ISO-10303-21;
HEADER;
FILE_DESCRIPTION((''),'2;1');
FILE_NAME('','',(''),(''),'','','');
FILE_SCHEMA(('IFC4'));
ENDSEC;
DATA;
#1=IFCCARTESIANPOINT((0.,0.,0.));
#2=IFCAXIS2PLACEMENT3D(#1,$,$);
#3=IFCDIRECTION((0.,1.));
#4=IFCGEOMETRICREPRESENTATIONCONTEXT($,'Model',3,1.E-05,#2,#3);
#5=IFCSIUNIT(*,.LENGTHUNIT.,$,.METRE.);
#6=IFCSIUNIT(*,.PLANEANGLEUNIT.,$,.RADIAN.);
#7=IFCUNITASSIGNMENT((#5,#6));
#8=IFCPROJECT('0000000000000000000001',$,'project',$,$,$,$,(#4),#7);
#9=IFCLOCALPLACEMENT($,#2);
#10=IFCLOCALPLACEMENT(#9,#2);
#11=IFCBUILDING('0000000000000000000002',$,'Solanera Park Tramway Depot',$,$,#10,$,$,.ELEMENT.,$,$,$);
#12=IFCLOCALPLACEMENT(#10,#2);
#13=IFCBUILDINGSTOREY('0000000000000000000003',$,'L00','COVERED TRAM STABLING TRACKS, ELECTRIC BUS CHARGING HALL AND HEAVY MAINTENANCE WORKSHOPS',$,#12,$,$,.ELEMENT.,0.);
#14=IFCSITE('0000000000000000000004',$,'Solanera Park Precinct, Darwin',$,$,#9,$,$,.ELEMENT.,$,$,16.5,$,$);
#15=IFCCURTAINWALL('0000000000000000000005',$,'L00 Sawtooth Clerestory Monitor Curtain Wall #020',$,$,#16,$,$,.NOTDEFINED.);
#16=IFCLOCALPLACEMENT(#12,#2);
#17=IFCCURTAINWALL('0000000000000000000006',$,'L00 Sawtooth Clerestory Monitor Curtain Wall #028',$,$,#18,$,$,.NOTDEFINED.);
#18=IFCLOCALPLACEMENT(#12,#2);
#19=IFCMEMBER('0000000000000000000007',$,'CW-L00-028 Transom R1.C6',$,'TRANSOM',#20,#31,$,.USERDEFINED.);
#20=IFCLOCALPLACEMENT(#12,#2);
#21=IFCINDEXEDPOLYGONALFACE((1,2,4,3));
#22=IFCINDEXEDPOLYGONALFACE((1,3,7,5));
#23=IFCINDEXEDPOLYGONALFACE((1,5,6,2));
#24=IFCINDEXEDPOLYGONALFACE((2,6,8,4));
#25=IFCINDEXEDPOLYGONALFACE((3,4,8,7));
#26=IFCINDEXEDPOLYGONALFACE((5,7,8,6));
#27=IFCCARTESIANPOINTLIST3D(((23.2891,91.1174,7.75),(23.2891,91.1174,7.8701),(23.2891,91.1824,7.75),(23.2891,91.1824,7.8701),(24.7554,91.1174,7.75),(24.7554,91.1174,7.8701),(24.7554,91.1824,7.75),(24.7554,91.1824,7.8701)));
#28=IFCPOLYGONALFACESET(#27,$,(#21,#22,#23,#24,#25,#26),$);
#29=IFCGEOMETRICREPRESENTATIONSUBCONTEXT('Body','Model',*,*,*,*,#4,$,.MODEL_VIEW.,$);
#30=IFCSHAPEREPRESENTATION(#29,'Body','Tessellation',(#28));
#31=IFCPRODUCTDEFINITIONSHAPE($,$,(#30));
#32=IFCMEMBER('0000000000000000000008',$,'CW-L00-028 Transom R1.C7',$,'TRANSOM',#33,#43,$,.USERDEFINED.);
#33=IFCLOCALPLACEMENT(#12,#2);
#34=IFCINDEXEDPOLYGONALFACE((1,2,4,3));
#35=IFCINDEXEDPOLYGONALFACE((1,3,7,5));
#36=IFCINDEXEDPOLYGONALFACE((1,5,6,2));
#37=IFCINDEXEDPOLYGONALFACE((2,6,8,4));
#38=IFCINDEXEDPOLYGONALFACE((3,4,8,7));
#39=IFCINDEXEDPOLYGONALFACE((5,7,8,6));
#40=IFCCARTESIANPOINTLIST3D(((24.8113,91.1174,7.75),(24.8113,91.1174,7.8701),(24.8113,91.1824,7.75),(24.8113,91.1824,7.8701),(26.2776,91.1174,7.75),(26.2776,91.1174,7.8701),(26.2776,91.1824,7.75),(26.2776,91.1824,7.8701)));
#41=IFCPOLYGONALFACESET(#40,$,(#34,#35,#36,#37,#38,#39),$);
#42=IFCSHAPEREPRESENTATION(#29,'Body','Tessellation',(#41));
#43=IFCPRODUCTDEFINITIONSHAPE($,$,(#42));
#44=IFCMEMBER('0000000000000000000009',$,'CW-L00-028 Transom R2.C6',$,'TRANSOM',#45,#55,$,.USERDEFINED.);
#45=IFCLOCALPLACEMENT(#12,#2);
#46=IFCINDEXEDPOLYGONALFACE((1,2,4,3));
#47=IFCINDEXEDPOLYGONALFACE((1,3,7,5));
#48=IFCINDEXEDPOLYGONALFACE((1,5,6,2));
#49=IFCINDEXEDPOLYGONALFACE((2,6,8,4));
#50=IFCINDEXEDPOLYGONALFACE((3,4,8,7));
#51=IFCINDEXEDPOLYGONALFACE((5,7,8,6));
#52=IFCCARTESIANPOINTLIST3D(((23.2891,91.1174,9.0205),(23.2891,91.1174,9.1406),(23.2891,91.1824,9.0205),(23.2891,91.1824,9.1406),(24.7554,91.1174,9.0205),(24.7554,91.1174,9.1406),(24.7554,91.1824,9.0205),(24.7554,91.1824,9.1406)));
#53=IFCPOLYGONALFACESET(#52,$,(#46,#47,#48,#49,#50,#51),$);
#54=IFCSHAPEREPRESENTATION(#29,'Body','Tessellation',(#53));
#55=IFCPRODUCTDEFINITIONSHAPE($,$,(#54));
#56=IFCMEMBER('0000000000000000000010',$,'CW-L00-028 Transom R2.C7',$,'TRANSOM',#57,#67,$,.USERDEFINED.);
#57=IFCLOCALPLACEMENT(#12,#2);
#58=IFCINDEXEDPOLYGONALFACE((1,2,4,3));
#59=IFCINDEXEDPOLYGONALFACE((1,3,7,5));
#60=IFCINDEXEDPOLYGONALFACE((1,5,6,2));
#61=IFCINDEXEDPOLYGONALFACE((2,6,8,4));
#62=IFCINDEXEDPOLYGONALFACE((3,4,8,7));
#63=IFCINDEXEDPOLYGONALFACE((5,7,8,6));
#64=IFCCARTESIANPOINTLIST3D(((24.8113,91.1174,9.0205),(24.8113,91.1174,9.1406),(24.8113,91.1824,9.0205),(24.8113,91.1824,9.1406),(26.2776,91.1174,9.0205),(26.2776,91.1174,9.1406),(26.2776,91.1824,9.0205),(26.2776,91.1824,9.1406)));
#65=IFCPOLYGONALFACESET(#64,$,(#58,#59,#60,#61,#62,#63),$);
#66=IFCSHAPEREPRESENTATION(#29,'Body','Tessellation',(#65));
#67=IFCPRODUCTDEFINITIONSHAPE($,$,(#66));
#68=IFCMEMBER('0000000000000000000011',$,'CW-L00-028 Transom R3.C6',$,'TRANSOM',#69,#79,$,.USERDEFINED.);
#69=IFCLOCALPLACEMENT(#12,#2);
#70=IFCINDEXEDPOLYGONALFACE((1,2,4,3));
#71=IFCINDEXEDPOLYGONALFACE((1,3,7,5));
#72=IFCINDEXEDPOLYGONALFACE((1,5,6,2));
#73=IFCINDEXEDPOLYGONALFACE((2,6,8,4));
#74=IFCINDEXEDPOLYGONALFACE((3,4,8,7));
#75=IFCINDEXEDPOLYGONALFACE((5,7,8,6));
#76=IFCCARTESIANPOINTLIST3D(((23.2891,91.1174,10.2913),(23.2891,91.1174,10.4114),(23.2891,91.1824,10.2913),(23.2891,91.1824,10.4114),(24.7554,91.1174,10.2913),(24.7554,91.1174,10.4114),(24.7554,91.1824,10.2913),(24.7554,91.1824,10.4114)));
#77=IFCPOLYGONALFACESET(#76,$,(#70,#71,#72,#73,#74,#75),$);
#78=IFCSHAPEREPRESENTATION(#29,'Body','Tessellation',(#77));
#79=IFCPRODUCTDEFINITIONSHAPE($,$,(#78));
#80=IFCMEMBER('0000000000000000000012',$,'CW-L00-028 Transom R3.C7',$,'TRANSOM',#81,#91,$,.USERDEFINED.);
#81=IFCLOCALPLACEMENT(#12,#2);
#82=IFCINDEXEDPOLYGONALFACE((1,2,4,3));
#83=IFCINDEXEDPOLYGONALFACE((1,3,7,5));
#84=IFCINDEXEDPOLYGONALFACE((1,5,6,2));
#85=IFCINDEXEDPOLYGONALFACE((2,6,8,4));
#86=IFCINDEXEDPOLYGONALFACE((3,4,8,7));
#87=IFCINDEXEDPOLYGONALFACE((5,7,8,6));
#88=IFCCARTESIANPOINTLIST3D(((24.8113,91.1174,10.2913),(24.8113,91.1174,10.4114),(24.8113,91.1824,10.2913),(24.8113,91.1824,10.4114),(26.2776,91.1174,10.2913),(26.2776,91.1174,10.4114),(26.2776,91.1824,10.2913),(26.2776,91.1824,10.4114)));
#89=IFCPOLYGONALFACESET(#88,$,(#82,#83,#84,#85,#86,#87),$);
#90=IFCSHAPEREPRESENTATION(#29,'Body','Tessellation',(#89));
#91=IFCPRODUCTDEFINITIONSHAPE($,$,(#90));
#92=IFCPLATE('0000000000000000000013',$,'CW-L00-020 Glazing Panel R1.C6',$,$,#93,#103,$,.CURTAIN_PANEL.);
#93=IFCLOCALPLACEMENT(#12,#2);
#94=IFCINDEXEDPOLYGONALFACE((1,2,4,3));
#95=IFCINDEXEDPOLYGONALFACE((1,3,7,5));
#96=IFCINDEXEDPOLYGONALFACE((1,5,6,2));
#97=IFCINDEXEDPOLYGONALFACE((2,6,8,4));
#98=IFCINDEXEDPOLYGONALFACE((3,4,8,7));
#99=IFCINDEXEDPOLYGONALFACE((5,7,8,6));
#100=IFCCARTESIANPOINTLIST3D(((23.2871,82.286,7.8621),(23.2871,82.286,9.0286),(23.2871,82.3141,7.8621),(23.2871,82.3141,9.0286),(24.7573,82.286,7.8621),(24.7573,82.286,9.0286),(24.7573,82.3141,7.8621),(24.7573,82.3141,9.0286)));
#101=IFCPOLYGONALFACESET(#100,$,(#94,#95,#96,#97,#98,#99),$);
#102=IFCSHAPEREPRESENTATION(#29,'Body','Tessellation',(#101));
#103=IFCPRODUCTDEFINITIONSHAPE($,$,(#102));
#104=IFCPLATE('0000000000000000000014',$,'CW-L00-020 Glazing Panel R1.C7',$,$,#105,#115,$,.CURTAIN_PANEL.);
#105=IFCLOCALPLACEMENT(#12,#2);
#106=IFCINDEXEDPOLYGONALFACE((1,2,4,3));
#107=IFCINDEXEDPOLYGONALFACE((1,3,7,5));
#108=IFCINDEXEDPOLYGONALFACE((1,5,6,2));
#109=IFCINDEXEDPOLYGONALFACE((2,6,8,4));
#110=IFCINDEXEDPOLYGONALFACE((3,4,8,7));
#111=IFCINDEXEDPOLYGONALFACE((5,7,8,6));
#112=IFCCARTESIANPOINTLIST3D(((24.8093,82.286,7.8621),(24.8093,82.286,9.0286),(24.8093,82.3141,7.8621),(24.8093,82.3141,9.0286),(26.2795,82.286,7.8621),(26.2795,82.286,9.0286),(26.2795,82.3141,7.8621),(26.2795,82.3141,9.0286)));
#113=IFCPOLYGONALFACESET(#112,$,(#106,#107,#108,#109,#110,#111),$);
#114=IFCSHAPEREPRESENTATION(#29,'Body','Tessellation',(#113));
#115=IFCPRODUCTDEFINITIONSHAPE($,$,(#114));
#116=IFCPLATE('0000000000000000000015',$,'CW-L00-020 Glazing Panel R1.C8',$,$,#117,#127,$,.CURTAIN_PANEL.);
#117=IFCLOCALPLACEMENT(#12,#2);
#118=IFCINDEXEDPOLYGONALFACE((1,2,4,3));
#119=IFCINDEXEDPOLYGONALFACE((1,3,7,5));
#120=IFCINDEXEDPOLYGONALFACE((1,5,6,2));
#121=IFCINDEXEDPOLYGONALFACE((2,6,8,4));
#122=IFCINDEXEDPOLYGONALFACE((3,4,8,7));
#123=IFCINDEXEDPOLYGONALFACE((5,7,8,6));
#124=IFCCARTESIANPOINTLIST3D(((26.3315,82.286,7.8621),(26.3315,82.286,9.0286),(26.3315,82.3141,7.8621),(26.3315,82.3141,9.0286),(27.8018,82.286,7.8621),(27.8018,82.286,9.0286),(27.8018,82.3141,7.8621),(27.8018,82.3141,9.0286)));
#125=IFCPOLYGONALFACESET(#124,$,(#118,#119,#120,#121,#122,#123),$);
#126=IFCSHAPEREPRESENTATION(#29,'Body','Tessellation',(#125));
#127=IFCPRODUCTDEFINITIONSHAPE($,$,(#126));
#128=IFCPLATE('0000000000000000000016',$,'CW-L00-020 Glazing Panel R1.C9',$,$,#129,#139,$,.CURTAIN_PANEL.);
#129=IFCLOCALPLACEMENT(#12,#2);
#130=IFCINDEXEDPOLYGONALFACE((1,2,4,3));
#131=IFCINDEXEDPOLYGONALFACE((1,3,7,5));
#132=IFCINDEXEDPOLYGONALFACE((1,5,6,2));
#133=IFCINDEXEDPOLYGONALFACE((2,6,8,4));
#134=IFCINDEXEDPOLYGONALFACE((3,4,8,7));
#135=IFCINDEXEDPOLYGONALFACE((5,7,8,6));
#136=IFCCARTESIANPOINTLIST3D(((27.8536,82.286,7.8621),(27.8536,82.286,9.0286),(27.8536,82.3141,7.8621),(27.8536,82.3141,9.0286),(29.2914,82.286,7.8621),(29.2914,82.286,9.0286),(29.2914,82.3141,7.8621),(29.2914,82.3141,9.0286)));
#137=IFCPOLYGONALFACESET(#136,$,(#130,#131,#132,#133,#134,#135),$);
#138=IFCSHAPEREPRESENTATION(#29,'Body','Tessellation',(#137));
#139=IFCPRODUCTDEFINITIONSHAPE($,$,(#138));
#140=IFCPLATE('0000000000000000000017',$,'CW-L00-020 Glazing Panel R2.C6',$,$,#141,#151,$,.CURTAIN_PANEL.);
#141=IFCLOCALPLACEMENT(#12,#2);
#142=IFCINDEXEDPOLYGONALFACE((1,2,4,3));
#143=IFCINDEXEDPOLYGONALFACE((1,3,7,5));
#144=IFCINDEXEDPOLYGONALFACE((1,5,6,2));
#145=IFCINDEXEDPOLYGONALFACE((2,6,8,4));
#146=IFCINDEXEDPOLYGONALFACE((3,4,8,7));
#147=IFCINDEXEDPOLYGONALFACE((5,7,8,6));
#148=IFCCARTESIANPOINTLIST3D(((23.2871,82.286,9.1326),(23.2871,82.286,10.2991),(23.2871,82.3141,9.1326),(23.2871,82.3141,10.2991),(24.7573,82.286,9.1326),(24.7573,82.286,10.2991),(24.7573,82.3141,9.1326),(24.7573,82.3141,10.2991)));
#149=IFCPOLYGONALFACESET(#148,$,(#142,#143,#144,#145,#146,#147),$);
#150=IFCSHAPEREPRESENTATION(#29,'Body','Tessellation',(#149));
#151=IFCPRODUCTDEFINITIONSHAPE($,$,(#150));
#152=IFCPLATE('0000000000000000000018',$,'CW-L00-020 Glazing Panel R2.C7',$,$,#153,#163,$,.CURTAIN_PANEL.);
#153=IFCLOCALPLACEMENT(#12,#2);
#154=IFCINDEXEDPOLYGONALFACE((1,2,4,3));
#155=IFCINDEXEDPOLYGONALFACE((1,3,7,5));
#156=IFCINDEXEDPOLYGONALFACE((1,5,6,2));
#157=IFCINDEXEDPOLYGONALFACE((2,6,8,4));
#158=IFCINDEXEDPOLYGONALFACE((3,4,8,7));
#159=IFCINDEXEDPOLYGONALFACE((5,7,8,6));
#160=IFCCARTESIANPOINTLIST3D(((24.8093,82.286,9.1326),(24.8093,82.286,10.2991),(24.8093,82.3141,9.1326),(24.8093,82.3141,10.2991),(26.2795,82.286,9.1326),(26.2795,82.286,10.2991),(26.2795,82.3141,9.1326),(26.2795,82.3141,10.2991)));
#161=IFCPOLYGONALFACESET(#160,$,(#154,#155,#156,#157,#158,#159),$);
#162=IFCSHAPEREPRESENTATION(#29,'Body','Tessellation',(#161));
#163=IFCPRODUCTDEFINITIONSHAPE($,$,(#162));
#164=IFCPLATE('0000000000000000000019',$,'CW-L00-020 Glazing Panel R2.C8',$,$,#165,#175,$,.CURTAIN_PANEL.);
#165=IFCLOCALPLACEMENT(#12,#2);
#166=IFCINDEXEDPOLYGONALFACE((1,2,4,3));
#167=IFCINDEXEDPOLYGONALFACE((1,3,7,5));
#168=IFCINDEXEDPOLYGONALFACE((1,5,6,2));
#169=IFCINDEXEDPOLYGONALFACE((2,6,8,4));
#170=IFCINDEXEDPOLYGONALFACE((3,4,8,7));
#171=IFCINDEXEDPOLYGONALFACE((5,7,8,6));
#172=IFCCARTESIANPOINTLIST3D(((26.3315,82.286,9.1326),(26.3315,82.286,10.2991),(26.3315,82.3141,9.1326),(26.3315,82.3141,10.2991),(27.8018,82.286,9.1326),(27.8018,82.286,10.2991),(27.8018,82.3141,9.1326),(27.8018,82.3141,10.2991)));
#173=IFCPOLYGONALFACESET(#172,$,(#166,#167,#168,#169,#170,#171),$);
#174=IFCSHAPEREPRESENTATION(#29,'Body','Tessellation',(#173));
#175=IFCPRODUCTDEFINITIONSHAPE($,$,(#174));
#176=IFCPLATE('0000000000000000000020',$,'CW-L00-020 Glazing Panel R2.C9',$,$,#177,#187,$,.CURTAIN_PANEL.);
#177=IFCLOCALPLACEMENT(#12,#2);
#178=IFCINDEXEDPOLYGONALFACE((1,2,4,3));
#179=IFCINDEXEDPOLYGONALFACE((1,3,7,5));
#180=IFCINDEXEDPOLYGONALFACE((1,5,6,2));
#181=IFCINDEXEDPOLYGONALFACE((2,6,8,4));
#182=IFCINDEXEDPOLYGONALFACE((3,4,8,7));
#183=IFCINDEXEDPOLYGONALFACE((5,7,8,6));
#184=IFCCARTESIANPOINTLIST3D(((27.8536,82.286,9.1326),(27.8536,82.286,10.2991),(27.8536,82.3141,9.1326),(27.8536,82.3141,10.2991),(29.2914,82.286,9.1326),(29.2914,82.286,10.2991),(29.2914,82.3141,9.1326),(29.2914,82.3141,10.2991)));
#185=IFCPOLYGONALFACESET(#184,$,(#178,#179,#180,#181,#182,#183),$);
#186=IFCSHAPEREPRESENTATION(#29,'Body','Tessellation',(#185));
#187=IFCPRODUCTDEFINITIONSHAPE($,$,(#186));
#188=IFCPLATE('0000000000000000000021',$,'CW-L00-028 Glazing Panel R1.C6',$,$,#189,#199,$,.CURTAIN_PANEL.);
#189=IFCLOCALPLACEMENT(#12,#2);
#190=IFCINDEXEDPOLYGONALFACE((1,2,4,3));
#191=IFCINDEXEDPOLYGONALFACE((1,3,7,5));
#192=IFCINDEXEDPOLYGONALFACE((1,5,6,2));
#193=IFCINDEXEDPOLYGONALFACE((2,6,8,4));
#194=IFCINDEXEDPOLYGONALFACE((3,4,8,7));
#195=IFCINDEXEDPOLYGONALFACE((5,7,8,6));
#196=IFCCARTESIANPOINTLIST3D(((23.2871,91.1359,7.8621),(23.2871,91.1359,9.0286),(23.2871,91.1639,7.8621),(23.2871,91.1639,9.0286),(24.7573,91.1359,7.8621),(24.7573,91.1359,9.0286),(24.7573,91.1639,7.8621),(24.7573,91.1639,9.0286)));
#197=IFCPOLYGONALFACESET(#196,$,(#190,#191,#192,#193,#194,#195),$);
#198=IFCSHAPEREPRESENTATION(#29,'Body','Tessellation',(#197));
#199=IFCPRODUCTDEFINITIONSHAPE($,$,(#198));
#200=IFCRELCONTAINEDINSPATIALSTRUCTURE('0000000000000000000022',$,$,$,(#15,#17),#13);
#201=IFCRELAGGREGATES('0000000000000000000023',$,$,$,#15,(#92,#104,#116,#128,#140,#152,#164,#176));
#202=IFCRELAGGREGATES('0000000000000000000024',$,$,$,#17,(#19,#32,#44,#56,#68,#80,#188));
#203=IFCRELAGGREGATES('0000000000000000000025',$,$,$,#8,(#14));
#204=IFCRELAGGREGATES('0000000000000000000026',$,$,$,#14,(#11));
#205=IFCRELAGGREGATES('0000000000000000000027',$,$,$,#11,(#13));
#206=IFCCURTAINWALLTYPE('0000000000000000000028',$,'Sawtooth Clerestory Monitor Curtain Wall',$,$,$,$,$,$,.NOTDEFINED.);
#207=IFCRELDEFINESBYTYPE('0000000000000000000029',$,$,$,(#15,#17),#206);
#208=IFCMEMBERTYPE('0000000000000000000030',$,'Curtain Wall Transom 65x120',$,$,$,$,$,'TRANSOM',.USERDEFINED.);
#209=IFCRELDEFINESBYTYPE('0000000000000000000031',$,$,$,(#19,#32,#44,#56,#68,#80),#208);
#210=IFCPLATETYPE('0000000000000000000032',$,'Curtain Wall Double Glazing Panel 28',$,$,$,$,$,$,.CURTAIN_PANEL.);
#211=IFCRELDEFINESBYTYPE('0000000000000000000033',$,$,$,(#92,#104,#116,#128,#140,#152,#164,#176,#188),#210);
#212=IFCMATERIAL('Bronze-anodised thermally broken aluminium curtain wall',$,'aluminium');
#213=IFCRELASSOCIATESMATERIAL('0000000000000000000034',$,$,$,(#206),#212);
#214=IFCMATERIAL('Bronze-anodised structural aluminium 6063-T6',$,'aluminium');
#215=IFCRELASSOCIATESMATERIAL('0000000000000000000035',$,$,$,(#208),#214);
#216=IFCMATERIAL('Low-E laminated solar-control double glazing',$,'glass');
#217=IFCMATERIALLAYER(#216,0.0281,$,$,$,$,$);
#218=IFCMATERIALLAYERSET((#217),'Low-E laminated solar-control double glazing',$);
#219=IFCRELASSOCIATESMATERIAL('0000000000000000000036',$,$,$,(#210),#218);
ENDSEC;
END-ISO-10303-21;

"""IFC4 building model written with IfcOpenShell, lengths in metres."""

from ifc_helpers import new_model, si_unit, direction, frame, origin, origin_2d, place, context, subcontext, project, spatial, rectangle, extrude, material, layer, layer_set, material_profile, profile_set, type_object, element, aggregate, save


model = new_model("IFC4")

# Units and contexts
model_context = context("Model", 3, precision=1e-05, world=origin(), true_north=direction((0.0, 1.0)))
body_context = subcontext(model_context, "Body", "Model", "MODEL_VIEW")
ifc_project = project(units=[si_unit("LENGTHUNIT", "METRE"), si_unit("PLANEANGLEUNIT", "RADIAN")], contexts=[model_context])

# Site, building, storey
site_placement = place(None, origin())
site = spatial("IfcSite", under=ifc_project, at=site_placement, Name="Solanera Park Precinct, Darwin", CompositionType="ELEMENT", RefElevation=16.5)
building_placement = place(site_placement, origin())
building = spatial("IfcBuilding", under=site, at=building_placement, Name="Solanera Park Tramway Depot", CompositionType="ELEMENT")
storey_placement = place(building_placement, origin())
storey = spatial("IfcBuildingStorey", under=building, at=storey_placement, Name="L00", Description="COVERED TRAM STABLING TRACKS, ELECTRIC BUS CHARGING HALL AND HEAVY MAINTENANCE WORKSHOPS", CompositionType="ELEMENT", Elevation=0.0)

# Curtain wall
ifc_material_1 = material(Name="Bronze-anodised thermally broken aluminium curtain wall", Category="aluminium")
curtain_wall_type = type_object("IfcCurtainWallType", Name="Sawtooth Clerestory Monitor Curtain Wall", PredefinedType="NOTDEFINED", material=ifc_material_1)
curtain_wall_1_placement = place(storey_placement, origin())
curtain_wall_1 = element("IfcCurtainWall", 1, at=curtain_wall_1_placement, inside=storey, type_object=curtain_wall_type, Name="L00 Sawtooth Clerestory Monitor Curtain Wall #020", PredefinedType="NOTDEFINED")

# Curtain wall
curtain_wall_2_placement = place(storey_placement, origin())
curtain_wall_2 = element("IfcCurtainWall", 2, at=curtain_wall_2_placement, inside=storey, type_object=curtain_wall_type, Name="L00 Sawtooth Clerestory Monitor Curtain Wall #028", PredefinedType="NOTDEFINED")

# Members
ifc_material_2 = material(Name="Bronze-anodised structural aluminium 6063-T6", Category="aluminium")
ifc_material_profile_1 = material_profile(ifc_material_2, rectangle(XDim=0.0649, YDim=0.1201, at=origin_2d()), Name="Curtain Wall Transom 65x120")
ifc_profile_set_1 = profile_set([ifc_material_profile_1], Name="Bronze-anodised structural aluminium 6063-T6")
member_type_1 = type_object("IfcMemberType", Name="Curtain Wall Transom 65x120", ElementType="TRANSOM", PredefinedType="USERDEFINED", material=ifc_profile_set_1)
member_1_placement = place(storey_placement, frame((23.2891, 91.1499, 7.8101), z_axis=(1.0, 0.0, 0.0), x_axis=(0.0, 1.0, 0.0)))
member_1 = element("IfcMember", 3, at=member_1_placement, type_object=member_type_1, Name="CW-L00-028 Transom R1.C6", ObjectType="TRANSOM", PredefinedType="USERDEFINED", context=body_context, shape_type="SweptSolid", body=[
    extrude(rectangle(XDim=0.0649, YDim=0.1201, at=origin_2d()), origin(), (0.0, 0.0, 1.0), 1.4663),
])
member_2_placement = place(storey_placement, frame((24.8113, 91.1499, 7.8101), z_axis=(1.0, 0.0, 0.0), x_axis=(0.0, 1.0, 0.0)))
member_2 = element("IfcMember", 4, at=member_2_placement, type_object=member_type_1, Name="CW-L00-028 Transom R1.C7", ObjectType="TRANSOM", PredefinedType="USERDEFINED", context=body_context, shape_type="SweptSolid", body=[
    extrude(rectangle(XDim=0.0649, YDim=0.1201, at=origin_2d()), origin(), (0.0, 0.0, 1.0), 1.4663),
])
member_3_placement = place(storey_placement, frame((23.2891, 91.1499, 9.0806), z_axis=(1.0, 0.0, 0.0), x_axis=(0.0, 1.0, 0.0)))
member_3 = element("IfcMember", 5, at=member_3_placement, type_object=member_type_1, Name="CW-L00-028 Transom R2.C6", ObjectType="TRANSOM", PredefinedType="USERDEFINED", context=body_context, shape_type="SweptSolid", body=[
    extrude(rectangle(XDim=0.0649, YDim=0.1201, at=origin_2d()), origin(), (0.0, 0.0, 1.0), 1.4663),
])
member_4_placement = place(storey_placement, frame((24.8113, 91.1499, 9.0806), z_axis=(1.0, 0.0, 0.0), x_axis=(0.0, 1.0, 0.0)))
member_4 = element("IfcMember", 6, at=member_4_placement, type_object=member_type_1, Name="CW-L00-028 Transom R2.C7", ObjectType="TRANSOM", PredefinedType="USERDEFINED", context=body_context, shape_type="SweptSolid", body=[
    extrude(rectangle(XDim=0.0649, YDim=0.1201, at=origin_2d()), origin(), (0.0, 0.0, 1.0), 1.4663),
])
member_5_placement = place(storey_placement, frame((23.2891, 91.1499, 10.3513), z_axis=(1.0, 0.0, 0.0), x_axis=(0.0, 1.0, 0.0)))
member_5 = element("IfcMember", 7, at=member_5_placement, type_object=member_type_1, Name="CW-L00-028 Transom R3.C6", ObjectType="TRANSOM", PredefinedType="USERDEFINED", context=body_context, shape_type="SweptSolid", body=[
    extrude(rectangle(XDim=0.0649, YDim=0.1201, at=origin_2d()), origin(), (0.0, 0.0, 1.0), 1.4663),
])
member_6_placement = place(storey_placement, frame((24.8113, 91.1499, 10.3513), z_axis=(1.0, 0.0, 0.0), x_axis=(0.0, 1.0, 0.0)))
member_6 = element("IfcMember", 8, at=member_6_placement, type_object=member_type_1, Name="CW-L00-028 Transom R3.C7", ObjectType="TRANSOM", PredefinedType="USERDEFINED", context=body_context, shape_type="SweptSolid", body=[
    extrude(rectangle(XDim=0.0649, YDim=0.1201, at=origin_2d()), origin(), (0.0, 0.0, 1.0), 1.4663),
])

# Plates
ifc_material_3 = material(Name="Low-E laminated solar-control double glazing", Category="glass")
ifc_layer = layer(ifc_material_3, 0.0281)
ifc_layer_set = layer_set([ifc_layer], Name="Low-E laminated solar-control double glazing")
plate_type = type_object("IfcPlateType", Name="Curtain Wall Double Glazing Panel 28", PredefinedType="CURTAIN_PANEL", material=ifc_layer_set)
plate_1_placement = place(storey_placement, frame((24.0222, 82.3, 7.8621), z_axis=(0.0, 0.0, 1.0), x_axis=(1.0, 0.0, 0.0)))
plate_1 = element("IfcPlate", 9, at=plate_1_placement, type_object=plate_type, Name="CW-L00-020 Glazing Panel R1.C6", PredefinedType="CURTAIN_PANEL", context=body_context, shape_type="SweptSolid", body=[
    extrude(rectangle(XDim=1.4702, YDim=0.0281, at=origin_2d()), origin(), (0.0, 0.0, 1.0), 1.1665),
])
plate_2_placement = place(storey_placement, frame((25.5444, 82.3, 7.8621), z_axis=(0.0, 0.0, 1.0), x_axis=(1.0, 0.0, 0.0)))
plate_2 = element("IfcPlate", 10, at=plate_2_placement, type_object=plate_type, Name="CW-L00-020 Glazing Panel R1.C7", PredefinedType="CURTAIN_PANEL", context=body_context, shape_type="SweptSolid", body=[
    extrude(rectangle(XDim=1.4702, YDim=0.0281, at=origin_2d()), origin(), (0.0, 0.0, 1.0), 1.1665),
])
plate_3_placement = place(storey_placement, frame((27.0667, 82.3, 7.8621), z_axis=(0.0, 0.0, 1.0), x_axis=(1.0, 0.0, 0.0)))
plate_3 = element("IfcPlate", 11, at=plate_3_placement, type_object=plate_type, Name="CW-L00-020 Glazing Panel R1.C8", PredefinedType="CURTAIN_PANEL", context=body_context, shape_type="SweptSolid", body=[
    extrude(rectangle(XDim=1.4702, YDim=0.0281, at=origin_2d()), origin(), (0.0, 0.0, 1.0), 1.1665),
])
plate_4_placement = place(storey_placement, frame((28.5725, 82.3, 7.8621), z_axis=(0.0, 0.0, 1.0), x_axis=(1.0, 0.0, 0.0)))
plate_4 = element("IfcPlate", 12, at=plate_4_placement, type_object=plate_type, Name="CW-L00-020 Glazing Panel R1.C9", PredefinedType="CURTAIN_PANEL", context=body_context, shape_type="SweptSolid", body=[
    extrude(rectangle(XDim=1.4377, YDim=0.0281, at=origin_2d()), origin(), (0.0, 0.0, 1.0), 1.1665),
])
plate_5_placement = place(storey_placement, frame((24.0222, 82.3, 9.1326), z_axis=(0.0, 0.0, 1.0), x_axis=(1.0, 0.0, 0.0)))
plate_5 = element("IfcPlate", 13, at=plate_5_placement, type_object=plate_type, Name="CW-L00-020 Glazing Panel R2.C6", PredefinedType="CURTAIN_PANEL", context=body_context, shape_type="SweptSolid", body=[
    extrude(rectangle(XDim=1.4702, YDim=0.0281, at=origin_2d()), origin(), (0.0, 0.0, 1.0), 1.1665),
])
plate_6_placement = place(storey_placement, frame((25.5444, 82.3, 9.1326), z_axis=(0.0, 0.0, 1.0), x_axis=(1.0, 0.0, 0.0)))
plate_6 = element("IfcPlate", 14, at=plate_6_placement, type_object=plate_type, Name="CW-L00-020 Glazing Panel R2.C7", PredefinedType="CURTAIN_PANEL", context=body_context, shape_type="SweptSolid", body=[
    extrude(rectangle(XDim=1.4702, YDim=0.0281, at=origin_2d()), origin(), (0.0, 0.0, 1.0), 1.1665),
])
plate_7_placement = place(storey_placement, frame((27.0667, 82.3, 9.1326), z_axis=(0.0, 0.0, 1.0), x_axis=(1.0, 0.0, 0.0)))
plate_7 = element("IfcPlate", 15, at=plate_7_placement, type_object=plate_type, Name="CW-L00-020 Glazing Panel R2.C8", PredefinedType="CURTAIN_PANEL", context=body_context, shape_type="SweptSolid", body=[
    extrude(rectangle(XDim=1.4702, YDim=0.0281, at=origin_2d()), origin(), (0.0, 0.0, 1.0), 1.1665),
])
plate_8_placement = place(storey_placement, frame((28.5725, 82.3, 9.1326), z_axis=(0.0, 0.0, 1.0), x_axis=(1.0, 0.0, 0.0)))
plate_8 = element("IfcPlate", 16, at=plate_8_placement, type_object=plate_type, Name="CW-L00-020 Glazing Panel R2.C9", PredefinedType="CURTAIN_PANEL", context=body_context, shape_type="SweptSolid", body=[
    extrude(rectangle(XDim=1.4377, YDim=0.0281, at=origin_2d()), origin(), (0.0, 0.0, 1.0), 1.1665),
])
aggregate(curtain_wall_1, [plate_1, plate_2, plate_3, plate_4, plate_5, plate_6, plate_7, plate_8])
plate_9_placement = place(storey_placement, frame((24.0222, 91.1499, 7.8621), z_axis=(0.0, 0.0, 1.0), x_axis=(1.0, 0.0, 0.0)))
plate_9 = element("IfcPlate", 17, at=plate_9_placement, type_object=plate_type, Name="CW-L00-028 Glazing Panel R1.C6", PredefinedType="CURTAIN_PANEL", context=body_context, shape_type="SweptSolid", body=[
    extrude(rectangle(XDim=1.4702, YDim=0.0281, at=origin_2d()), origin(), (0.0, 0.0, 1.0), 1.1665),
])
aggregate(curtain_wall_2, [member_1, member_2, member_3, member_4, member_5, member_6, plate_9])

save(model, "model.ifc")
